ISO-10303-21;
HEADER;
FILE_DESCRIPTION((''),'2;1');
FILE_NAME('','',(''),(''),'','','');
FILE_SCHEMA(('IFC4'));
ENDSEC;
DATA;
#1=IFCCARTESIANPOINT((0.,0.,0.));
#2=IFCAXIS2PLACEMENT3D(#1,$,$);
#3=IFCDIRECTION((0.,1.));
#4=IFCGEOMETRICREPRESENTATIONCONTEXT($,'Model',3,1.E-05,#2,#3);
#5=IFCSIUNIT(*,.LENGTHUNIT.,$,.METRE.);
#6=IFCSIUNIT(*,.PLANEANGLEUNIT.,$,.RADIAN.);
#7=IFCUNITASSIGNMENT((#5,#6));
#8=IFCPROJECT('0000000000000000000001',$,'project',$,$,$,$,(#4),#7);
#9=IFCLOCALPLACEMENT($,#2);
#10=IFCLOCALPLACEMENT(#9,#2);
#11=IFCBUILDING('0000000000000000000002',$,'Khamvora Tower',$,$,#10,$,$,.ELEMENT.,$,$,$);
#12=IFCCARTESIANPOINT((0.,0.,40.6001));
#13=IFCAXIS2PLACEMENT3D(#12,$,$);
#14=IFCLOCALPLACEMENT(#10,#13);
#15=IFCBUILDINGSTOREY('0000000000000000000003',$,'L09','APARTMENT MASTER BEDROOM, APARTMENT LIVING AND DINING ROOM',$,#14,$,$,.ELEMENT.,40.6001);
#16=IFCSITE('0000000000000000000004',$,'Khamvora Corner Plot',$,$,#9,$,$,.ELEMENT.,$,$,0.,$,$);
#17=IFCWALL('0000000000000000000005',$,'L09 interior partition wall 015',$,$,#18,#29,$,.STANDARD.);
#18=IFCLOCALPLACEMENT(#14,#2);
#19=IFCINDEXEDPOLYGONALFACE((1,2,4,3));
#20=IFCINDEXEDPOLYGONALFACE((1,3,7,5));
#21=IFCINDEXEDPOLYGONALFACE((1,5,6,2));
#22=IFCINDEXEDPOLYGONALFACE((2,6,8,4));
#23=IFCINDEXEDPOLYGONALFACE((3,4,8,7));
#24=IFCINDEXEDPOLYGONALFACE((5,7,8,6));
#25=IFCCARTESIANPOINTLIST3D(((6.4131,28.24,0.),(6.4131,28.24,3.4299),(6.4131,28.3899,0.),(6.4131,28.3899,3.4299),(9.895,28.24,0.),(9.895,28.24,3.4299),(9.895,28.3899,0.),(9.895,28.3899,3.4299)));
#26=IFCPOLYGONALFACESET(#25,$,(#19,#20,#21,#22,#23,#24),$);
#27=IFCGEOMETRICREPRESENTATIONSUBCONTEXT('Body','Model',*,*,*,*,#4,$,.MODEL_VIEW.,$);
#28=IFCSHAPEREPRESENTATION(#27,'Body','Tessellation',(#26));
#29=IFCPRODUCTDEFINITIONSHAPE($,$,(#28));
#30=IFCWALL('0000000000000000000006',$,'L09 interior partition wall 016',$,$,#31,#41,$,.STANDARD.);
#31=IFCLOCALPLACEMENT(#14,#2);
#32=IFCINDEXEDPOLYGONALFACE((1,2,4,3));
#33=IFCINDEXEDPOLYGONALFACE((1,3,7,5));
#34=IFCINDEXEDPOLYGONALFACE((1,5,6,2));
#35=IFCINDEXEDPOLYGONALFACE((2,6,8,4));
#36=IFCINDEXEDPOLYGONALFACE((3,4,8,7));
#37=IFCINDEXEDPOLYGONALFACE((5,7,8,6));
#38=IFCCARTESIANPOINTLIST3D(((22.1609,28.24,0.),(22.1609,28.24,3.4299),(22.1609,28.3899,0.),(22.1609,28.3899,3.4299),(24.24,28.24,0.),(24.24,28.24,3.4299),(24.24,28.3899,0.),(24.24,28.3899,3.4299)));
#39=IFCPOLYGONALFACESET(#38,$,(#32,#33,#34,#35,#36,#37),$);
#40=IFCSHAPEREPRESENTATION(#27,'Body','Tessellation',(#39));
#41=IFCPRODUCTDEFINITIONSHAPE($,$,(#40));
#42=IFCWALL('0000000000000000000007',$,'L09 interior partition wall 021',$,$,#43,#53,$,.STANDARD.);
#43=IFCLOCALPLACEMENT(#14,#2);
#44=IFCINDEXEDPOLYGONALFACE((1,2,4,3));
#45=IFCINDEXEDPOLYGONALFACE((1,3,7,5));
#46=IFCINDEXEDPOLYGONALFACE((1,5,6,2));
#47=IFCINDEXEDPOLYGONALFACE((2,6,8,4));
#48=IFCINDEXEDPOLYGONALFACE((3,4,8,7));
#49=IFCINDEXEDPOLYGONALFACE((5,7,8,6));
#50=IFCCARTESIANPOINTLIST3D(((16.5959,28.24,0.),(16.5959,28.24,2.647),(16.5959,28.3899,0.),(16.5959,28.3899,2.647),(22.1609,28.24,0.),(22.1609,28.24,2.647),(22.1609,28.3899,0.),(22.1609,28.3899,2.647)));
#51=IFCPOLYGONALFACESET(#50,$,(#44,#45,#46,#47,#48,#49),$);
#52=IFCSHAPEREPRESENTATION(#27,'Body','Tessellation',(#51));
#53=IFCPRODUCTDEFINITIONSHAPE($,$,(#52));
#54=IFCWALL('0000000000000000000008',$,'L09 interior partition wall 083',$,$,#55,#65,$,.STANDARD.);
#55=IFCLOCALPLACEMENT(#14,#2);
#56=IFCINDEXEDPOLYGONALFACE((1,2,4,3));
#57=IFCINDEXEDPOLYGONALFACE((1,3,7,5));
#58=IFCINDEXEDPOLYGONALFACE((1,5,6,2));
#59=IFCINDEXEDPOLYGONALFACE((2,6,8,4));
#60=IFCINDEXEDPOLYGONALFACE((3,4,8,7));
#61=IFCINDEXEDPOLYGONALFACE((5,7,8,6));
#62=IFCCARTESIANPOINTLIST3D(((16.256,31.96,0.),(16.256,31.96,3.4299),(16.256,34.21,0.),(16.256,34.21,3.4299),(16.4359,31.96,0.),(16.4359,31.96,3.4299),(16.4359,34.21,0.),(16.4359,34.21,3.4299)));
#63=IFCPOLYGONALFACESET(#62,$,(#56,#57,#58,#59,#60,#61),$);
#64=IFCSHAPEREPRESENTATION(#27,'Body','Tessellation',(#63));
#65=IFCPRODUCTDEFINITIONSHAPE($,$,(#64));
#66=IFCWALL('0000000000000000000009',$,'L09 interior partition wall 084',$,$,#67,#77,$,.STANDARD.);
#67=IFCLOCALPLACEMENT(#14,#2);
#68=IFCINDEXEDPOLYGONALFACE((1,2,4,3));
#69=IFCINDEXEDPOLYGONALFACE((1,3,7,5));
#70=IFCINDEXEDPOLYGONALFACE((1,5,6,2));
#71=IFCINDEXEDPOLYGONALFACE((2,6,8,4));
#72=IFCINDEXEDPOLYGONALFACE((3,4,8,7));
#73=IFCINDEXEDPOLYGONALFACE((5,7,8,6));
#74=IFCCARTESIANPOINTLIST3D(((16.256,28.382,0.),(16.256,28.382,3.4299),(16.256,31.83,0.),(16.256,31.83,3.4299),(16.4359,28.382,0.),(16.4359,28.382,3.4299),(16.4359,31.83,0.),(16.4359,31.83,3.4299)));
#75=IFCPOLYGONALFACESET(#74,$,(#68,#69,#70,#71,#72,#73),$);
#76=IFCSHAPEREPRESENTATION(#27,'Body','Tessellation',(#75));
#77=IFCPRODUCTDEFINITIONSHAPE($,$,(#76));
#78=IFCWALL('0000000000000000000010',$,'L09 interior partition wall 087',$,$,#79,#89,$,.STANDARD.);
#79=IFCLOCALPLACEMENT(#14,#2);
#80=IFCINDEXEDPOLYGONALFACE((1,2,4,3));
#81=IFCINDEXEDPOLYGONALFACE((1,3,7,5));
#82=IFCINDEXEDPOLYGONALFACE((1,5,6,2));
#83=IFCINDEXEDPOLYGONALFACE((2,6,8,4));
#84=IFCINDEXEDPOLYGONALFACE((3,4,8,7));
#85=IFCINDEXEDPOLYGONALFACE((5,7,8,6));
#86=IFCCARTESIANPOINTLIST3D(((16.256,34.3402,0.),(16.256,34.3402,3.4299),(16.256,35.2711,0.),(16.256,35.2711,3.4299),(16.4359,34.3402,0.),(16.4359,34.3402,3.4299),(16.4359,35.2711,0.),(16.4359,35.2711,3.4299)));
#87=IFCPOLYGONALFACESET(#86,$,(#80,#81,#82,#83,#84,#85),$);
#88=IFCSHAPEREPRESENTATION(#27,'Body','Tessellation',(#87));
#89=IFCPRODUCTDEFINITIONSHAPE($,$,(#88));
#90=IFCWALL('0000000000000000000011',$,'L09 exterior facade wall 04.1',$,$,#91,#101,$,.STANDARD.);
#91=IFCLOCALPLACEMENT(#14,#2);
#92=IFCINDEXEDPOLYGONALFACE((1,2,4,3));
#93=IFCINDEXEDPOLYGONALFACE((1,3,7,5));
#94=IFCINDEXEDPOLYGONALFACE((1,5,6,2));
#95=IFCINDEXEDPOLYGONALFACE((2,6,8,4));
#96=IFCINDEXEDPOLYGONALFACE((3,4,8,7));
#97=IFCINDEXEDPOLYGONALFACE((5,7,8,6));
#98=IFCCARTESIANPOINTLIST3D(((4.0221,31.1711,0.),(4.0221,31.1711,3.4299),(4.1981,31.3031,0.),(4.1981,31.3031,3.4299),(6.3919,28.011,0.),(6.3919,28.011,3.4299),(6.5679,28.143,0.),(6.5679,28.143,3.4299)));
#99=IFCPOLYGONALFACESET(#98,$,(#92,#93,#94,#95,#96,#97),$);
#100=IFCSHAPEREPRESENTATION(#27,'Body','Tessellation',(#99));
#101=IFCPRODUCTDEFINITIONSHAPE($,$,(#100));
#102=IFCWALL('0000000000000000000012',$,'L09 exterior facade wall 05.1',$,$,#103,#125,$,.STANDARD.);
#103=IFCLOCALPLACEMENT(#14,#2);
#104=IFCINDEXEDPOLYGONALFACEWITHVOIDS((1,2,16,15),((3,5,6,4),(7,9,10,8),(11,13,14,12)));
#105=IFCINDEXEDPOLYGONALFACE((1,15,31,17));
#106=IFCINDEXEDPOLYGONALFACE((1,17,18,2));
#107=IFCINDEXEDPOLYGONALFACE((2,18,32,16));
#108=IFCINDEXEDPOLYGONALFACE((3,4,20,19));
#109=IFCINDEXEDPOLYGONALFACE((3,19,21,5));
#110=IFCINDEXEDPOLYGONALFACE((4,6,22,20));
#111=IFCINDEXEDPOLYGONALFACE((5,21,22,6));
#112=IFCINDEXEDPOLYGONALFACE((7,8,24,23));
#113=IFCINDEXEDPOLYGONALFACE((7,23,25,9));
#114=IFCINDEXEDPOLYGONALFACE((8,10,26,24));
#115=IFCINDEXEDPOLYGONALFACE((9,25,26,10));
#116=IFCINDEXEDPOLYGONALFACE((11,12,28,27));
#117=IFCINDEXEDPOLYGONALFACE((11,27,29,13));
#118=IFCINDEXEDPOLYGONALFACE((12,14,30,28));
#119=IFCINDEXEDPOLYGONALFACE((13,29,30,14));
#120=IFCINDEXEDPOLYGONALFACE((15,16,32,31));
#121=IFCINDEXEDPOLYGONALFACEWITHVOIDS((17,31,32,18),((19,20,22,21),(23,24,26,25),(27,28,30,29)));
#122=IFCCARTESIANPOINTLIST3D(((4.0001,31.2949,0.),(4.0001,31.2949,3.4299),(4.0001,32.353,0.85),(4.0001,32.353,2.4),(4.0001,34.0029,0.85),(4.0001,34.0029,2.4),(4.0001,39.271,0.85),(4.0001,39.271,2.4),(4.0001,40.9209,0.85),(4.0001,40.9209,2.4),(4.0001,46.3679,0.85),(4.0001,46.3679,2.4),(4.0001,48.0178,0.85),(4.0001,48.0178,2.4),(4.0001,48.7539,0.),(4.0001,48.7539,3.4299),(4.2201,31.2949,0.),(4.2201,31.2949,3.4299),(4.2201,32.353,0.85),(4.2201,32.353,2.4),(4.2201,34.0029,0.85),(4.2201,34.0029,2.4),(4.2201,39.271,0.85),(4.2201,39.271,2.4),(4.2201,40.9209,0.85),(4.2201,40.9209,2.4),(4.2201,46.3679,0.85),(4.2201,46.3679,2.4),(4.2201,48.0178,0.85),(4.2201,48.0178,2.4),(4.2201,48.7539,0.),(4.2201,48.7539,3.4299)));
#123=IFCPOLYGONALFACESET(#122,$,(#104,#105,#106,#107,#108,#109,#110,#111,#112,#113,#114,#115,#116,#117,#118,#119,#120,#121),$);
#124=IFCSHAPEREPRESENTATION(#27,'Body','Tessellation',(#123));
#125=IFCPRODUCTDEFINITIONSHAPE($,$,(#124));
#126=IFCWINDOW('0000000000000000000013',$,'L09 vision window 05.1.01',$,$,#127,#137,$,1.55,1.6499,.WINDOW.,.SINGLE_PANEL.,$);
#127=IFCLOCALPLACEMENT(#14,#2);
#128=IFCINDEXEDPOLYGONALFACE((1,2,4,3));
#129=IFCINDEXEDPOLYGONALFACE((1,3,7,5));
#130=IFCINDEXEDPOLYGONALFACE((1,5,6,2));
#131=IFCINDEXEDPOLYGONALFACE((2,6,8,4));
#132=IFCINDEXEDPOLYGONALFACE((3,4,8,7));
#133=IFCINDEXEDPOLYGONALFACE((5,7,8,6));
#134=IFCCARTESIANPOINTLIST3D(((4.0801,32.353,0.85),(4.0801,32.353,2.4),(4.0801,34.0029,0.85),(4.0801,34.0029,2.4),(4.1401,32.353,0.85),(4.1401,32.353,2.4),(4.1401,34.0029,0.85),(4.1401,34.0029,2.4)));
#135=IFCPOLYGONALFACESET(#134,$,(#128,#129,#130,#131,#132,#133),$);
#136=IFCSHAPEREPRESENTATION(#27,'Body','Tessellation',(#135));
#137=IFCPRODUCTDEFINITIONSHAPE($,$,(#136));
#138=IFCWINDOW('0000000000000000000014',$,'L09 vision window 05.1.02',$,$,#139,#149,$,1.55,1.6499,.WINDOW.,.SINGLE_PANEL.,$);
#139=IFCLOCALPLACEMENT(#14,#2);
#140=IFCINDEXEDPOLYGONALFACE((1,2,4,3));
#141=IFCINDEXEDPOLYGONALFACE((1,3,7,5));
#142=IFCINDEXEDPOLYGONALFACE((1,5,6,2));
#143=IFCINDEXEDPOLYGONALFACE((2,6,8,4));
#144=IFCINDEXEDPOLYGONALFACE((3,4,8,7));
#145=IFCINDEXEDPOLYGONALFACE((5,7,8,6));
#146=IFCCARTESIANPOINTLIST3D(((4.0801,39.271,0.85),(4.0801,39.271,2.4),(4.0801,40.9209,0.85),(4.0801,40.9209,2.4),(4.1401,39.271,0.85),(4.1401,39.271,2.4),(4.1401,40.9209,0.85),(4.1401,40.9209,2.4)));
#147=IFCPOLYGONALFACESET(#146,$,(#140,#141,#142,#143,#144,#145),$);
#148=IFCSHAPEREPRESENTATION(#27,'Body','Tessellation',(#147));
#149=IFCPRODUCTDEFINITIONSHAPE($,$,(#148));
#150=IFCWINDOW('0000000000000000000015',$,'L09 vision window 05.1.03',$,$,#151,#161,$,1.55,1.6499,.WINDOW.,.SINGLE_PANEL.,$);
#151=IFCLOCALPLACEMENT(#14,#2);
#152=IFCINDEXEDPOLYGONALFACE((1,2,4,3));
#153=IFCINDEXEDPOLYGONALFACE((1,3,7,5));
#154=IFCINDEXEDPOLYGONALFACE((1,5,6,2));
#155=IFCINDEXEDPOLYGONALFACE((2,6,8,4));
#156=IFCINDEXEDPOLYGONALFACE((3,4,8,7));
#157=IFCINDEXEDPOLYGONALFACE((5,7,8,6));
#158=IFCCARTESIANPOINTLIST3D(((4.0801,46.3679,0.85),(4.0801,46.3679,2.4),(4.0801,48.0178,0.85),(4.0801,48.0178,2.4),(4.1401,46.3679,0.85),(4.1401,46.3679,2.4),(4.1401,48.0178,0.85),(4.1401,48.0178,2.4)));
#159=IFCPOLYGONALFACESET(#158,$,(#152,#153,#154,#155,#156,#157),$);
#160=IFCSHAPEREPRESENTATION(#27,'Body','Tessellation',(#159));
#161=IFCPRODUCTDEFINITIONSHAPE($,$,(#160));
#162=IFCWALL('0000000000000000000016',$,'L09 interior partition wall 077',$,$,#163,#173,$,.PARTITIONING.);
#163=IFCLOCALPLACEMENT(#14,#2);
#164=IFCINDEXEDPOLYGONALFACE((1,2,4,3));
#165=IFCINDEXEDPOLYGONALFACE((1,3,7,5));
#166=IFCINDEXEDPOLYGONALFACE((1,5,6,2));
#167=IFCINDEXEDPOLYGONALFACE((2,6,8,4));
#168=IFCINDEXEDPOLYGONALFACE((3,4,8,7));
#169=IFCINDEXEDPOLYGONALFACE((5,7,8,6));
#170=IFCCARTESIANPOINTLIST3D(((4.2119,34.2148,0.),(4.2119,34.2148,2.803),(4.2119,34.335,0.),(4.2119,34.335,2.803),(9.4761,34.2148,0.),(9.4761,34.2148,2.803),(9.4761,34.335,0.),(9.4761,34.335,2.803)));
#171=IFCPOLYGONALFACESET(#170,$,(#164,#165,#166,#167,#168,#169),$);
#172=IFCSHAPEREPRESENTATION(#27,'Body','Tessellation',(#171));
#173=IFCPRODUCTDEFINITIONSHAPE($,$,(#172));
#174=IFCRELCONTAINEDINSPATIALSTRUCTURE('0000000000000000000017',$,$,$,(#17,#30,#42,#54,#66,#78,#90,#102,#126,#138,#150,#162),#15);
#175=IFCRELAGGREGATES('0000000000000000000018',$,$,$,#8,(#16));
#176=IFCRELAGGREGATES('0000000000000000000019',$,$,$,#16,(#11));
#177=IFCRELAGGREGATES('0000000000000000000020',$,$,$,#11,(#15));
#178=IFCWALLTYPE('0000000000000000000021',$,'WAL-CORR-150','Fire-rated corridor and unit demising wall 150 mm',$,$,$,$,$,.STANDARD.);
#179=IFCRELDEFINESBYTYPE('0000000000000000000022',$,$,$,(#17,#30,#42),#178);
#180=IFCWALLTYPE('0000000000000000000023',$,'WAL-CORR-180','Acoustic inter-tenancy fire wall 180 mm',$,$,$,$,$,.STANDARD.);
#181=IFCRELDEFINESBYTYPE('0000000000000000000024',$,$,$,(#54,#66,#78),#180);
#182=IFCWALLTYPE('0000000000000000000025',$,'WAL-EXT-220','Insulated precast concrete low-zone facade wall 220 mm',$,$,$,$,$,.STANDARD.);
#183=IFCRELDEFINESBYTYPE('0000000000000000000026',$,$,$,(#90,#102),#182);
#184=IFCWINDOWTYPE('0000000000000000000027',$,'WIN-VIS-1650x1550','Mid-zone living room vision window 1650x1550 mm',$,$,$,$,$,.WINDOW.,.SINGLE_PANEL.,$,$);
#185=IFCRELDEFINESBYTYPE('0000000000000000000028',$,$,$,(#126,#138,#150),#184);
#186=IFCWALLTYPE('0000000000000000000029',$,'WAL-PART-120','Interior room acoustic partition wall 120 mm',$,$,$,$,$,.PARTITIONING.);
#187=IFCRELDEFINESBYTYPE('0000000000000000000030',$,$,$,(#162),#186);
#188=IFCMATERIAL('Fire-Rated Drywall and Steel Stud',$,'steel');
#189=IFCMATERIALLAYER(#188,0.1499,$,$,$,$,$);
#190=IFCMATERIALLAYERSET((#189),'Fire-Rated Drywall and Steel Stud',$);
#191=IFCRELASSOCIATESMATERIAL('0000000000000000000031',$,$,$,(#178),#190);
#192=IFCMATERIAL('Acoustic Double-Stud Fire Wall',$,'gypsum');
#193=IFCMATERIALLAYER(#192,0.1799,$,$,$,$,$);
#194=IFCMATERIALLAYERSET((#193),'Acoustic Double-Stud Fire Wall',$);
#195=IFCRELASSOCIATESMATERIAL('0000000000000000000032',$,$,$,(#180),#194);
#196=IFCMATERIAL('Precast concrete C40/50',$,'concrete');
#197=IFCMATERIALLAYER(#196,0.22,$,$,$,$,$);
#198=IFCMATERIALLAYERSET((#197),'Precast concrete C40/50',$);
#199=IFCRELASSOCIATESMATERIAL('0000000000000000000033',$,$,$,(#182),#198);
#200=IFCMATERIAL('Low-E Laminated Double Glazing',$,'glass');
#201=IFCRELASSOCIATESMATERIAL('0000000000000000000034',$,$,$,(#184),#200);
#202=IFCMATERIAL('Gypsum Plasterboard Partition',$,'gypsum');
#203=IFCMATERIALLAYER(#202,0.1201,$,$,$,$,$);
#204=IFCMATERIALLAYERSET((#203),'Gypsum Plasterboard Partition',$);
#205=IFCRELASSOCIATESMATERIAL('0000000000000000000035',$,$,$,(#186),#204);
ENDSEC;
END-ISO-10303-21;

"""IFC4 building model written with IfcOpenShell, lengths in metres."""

from ifc_helpers import new_model, si_unit, direction, frame, frame_2d, origin, place, context, subcontext, project, spatial, rectangle, extrude, material, layer, layer_set, type_object, element, fill, save


model = new_model("IFC4")

# Units and contexts
model_context = context("Model", 3, precision=1e-05, world=origin(), true_north=direction((0.0, 1.0)))
body_context = subcontext(model_context, "Body", "Model", "MODEL_VIEW")
ifc_project = project(units=[si_unit("LENGTHUNIT", "METRE"), si_unit("PLANEANGLEUNIT", "RADIAN")], contexts=[model_context])

# Site, building, storey
site_placement = place(None, origin())
site = spatial("IfcSite", under=ifc_project, at=site_placement, Name="Khamvora Corner Plot", CompositionType="ELEMENT", RefElevation=0.0)
building_placement = place(site_placement, origin())
building = spatial("IfcBuilding", under=site, at=building_placement, Name="Khamvora Tower", CompositionType="ELEMENT")
storey_placement = place(building_placement, frame((0.0, 0.0, 40.6001)))
storey = spatial("IfcBuildingStorey", under=building, at=storey_placement, Name="L09", Description="APARTMENT MASTER BEDROOM, APARTMENT LIVING AND DINING ROOM", CompositionType="ELEMENT", Elevation=40.6001)

# Shared definitions
ifc_material_1 = material(Name="Fire-Rated Drywall and Steel Stud", Category="steel")
ifc_layer_1 = layer(ifc_material_1, 0.1499)
ifc_layer_set_1 = layer_set([ifc_layer_1], Name="Fire-Rated Drywall and Steel Stud")
wall_type_1 = type_object("IfcWallType", Name="WAL-CORR-150", Description="Fire-rated corridor and unit demising wall 150 mm", PredefinedType="STANDARD", material=ifc_layer_set_1)

# Walls
wall_1_placement = place(storey_placement, frame((6.4131, 28.3149, 0.0), z_axis=(0.0, 0.0, 1.0), x_axis=(1.0, 0.0, 0.0)))
element("IfcWall", 1, at=wall_1_placement, inside=storey, type_object=wall_type_1, Name="L09 interior partition wall 015", PredefinedType="STANDARD", context=body_context, shape_type="SweptSolid", body=[
    extrude(rectangle(XDim=3.4819, YDim=0.1499, at=frame_2d((1.741, 0.0))), origin(), (0.0, 0.0, 1.0), 3.4299),
])
wall_2_placement = place(storey_placement, frame((22.1609, 28.3149, 0.0), z_axis=(0.0, 0.0, 1.0), x_axis=(1.0, 0.0, 0.0)))
element("IfcWall", 2, at=wall_2_placement, inside=storey, type_object=wall_type_1, Name="L09 interior partition wall 016", PredefinedType="STANDARD", context=body_context, shape_type="SweptSolid", body=[
    extrude(rectangle(XDim=2.0791, YDim=0.1499, at=frame_2d((1.0396, 0.0))), origin(), (0.0, 0.0, 1.0), 3.4299),
])
wall_3_placement = place(storey_placement, frame((16.5959, 28.3149, 0.0), z_axis=(0.0, 0.0, 1.0), x_axis=(1.0, 0.0, 0.0)))
element("IfcWall", 3, at=wall_3_placement, inside=storey, type_object=wall_type_1, Name="L09 interior partition wall 021", PredefinedType="STANDARD", context=body_context, shape_type="SweptSolid", body=[
    extrude(rectangle(XDim=5.5649, YDim=0.1499, at=frame_2d((2.7825, 0.0))), origin(), (0.0, 0.0, 1.0), 2.647),
])
ifc_material_2 = material(Name="Acoustic Double-Stud Fire Wall", Category="gypsum")
ifc_layer_2 = layer(ifc_material_2, 0.1799)
ifc_layer_set_2 = layer_set([ifc_layer_2], Name="Acoustic Double-Stud Fire Wall")
wall_type_2 = type_object("IfcWallType", Name="WAL-CORR-180", Description="Acoustic inter-tenancy fire wall 180 mm", PredefinedType="STANDARD", material=ifc_layer_set_2)
wall_4_placement = place(storey_placement, frame((16.3459, 34.21, 0.0), z_axis=(0.0, 0.0, 1.0), x_axis=(0.0, -1.0, 0.0)))
element("IfcWall", 4, at=wall_4_placement, inside=storey, type_object=wall_type_2, Name="L09 interior partition wall 083", PredefinedType="STANDARD", context=body_context, shape_type="SweptSolid", body=[
    extrude(rectangle(XDim=2.25, YDim=0.1799, at=frame_2d((1.125, 0.0))), origin(), (0.0, 0.0, 1.0), 3.4299),
])
wall_5_placement = place(storey_placement, frame((16.3459, 31.8301, 0.0), z_axis=(0.0, 0.0, 1.0), x_axis=(0.0, -1.0, 0.0)))
element("IfcWall", 5, at=wall_5_placement, inside=storey, type_object=wall_type_2, Name="L09 interior partition wall 084", PredefinedType="STANDARD", context=body_context, shape_type="SweptSolid", body=[
    extrude(rectangle(XDim=3.448, YDim=0.1799, at=frame_2d((1.7241, 0.0))), origin(), (0.0, 0.0, 1.0), 3.4299),
])
wall_6_placement = place(storey_placement, frame((16.3459, 35.271, 0.0), z_axis=(0.0, 0.0, 1.0), x_axis=(0.0, -1.0, 0.0)))
element("IfcWall", 6, at=wall_6_placement, inside=storey, type_object=wall_type_2, Name="L09 interior partition wall 087", PredefinedType="STANDARD", context=body_context, shape_type="SweptSolid", body=[
    extrude(rectangle(XDim=0.9309, YDim=0.1799, at=frame_2d((0.4653, 0.0))), origin(), (0.0, 0.0, 1.0), 3.4299),
])
ifc_material_3 = material(Name="Precast concrete C40/50", Category="concrete")
ifc_layer_3 = layer(ifc_material_3, 0.22)
ifc_layer_set_3 = layer_set([ifc_layer_3], Name="Precast concrete C40/50")
wall_type_3 = type_object("IfcWallType", Name="WAL-EXT-220", Description="Insulated precast concrete low-zone facade wall 220 mm", PredefinedType="STANDARD", material=ifc_layer_set_3)
wall_7_placement = place(storey_placement, frame((6.48, 28.0769, 0.0), z_axis=(0.0, 0.0, 1.0), x_axis=(-0.59996, 0.80003, 0.0)))
element("IfcWall", 7, at=wall_7_placement, inside=storey, type_object=wall_type_3, Name="L09 exterior facade wall 04.1", PredefinedType="STANDARD", context=body_context, shape_type="SweptSolid", body=[
    extrude(rectangle(XDim=3.95, YDim=0.22, at=frame_2d((1.9751, 0.0))), origin(), (0.0, 0.0, 1.0), 3.4299),
])

# Wall, openings, windows
wall_8_placement = place(storey_placement, frame((4.1101, 31.2949, 0.0), z_axis=(0.0, 0.0, 1.0), x_axis=(0.0, 1.0, 0.0)))
wall_8 = element("IfcWall", 8, at=wall_8_placement, inside=storey, type_object=wall_type_3, Name="L09 exterior facade wall 05.1", PredefinedType="STANDARD", context=body_context, shape_type="SweptSolid", body=[
    extrude(rectangle(XDim=17.459, YDim=0.22, at=frame_2d((8.7295, 0.0))), origin(), (0.0, 0.0, 1.0), 3.4299),
])
opening_1_placement = place(wall_8_placement, frame((1.0581, 0.0, 0.8501)))
opening_1 = element("IfcOpeningElement", 9, at=opening_1_placement, cuts=wall_8, PredefinedType="OPENING", context=body_context, shape_type="SweptSolid", body=[
    extrude(rectangle(XDim=1.6499, YDim=1.55, at=frame_2d((0.825, 0.7749))), frame((0.0, 0.1199, 0.0), z_axis=(0.0, -1.0, 0.0), x_axis=(1.0, 0.0, 0.0)), (0.0, 0.0, 1.0), 0.24),
])
opening_2_placement = place(wall_8_placement, frame((7.9761, 0.0, 0.8501)))
opening_2 = element("IfcOpeningElement", 10, at=opening_2_placement, cuts=wall_8, PredefinedType="OPENING", context=body_context, shape_type="SweptSolid", body=[
    extrude(rectangle(XDim=1.6499, YDim=1.55, at=frame_2d((0.825, 0.7749))), frame((0.0, 0.1199, 0.0), z_axis=(0.0, -1.0, 0.0), x_axis=(1.0, 0.0, 0.0)), (0.0, 0.0, 1.0), 0.24),
])
opening_3_placement = place(wall_8_placement, frame((15.073, 0.0, 0.8501)))
opening_3 = element("IfcOpeningElement", 11, at=opening_3_placement, cuts=wall_8, PredefinedType="OPENING", context=body_context, shape_type="SweptSolid", body=[
    extrude(rectangle(XDim=1.6499, YDim=1.55, at=frame_2d((0.825, 0.7749))), frame((0.0, 0.1199, 0.0), z_axis=(0.0, -1.0, 0.0), x_axis=(1.0, 0.0, 0.0)), (0.0, 0.0, 1.0), 0.24),
])
ifc_material_4 = material(Name="Low-E Laminated Double Glazing", Category="glass")
window_type = type_object("IfcWindowType", Name="WIN-VIS-1650x1550", Description="Mid-zone living room vision window 1650x1550 mm", PartitioningType="SINGLE_PANEL", PredefinedType="WINDOW", material=ifc_material_4)
window_1_placement = place(opening_1_placement, origin())
window_1 = element("IfcWindow", 12, at=window_1_placement, inside=storey, type_object=window_type, Name="L09 vision window 05.1.01", OverallHeight=1.55, OverallWidth=1.6499, PartitioningType="SINGLE_PANEL", PredefinedType="WINDOW", context=body_context, shape_type="SweptSolid", body=[
    extrude(rectangle(XDim=1.6499, YDim=1.55, at=frame_2d((0.825, 0.7749))), frame((0.0, 0.03, 0.0), z_axis=(0.0, -1.0, 0.0), x_axis=(1.0, 0.0, 0.0)), (0.0, 0.0, 1.0), 0.0601),
])
fill(opening_1, window_1)
window_2_placement = place(opening_2_placement, origin())
window_2 = element("IfcWindow", 13, at=window_2_placement, inside=storey, type_object=window_type, Name="L09 vision window 05.1.02", OverallHeight=1.55, OverallWidth=1.6499, PartitioningType="SINGLE_PANEL", PredefinedType="WINDOW", context=body_context, shape_type="SweptSolid", body=[
    extrude(rectangle(XDim=1.6499, YDim=1.55, at=frame_2d((0.825, 0.7749))), frame((0.0, 0.03, 0.0), z_axis=(0.0, -1.0, 0.0), x_axis=(1.0, 0.0, 0.0)), (0.0, 0.0, 1.0), 0.0601),
])
fill(opening_2, window_2)
window_3_placement = place(opening_3_placement, origin())
window_3 = element("IfcWindow", 14, at=window_3_placement, inside=storey, type_object=window_type, Name="L09 vision window 05.1.03", OverallHeight=1.55, OverallWidth=1.6499, PartitioningType="SINGLE_PANEL", PredefinedType="WINDOW", context=body_context, shape_type="SweptSolid", body=[
    extrude(rectangle(XDim=1.6499, YDim=1.55, at=frame_2d((0.825, 0.7749))), frame((0.0, 0.03, 0.0), z_axis=(0.0, -1.0, 0.0), x_axis=(1.0, 0.0, 0.0)), (0.0, 0.0, 1.0), 0.0601),
])
fill(opening_3, window_3)

# Wall
ifc_material_5 = material(Name="Gypsum Plasterboard Partition", Category="gypsum")
ifc_layer_4 = layer(ifc_material_5, 0.1201)
ifc_layer_set_4 = layer_set([ifc_layer_4], Name="Gypsum Plasterboard Partition")
wall_type_4 = type_object("IfcWallType", Name="WAL-PART-120", Description="Interior room acoustic partition wall 120 mm", PredefinedType="PARTITIONING", material=ifc_layer_set_4)
wall_9_placement = place(storey_placement, frame((4.2119, 34.2749, 0.0), z_axis=(0.0, 0.0, 1.0), x_axis=(1.0, 0.0, 0.0)))
element("IfcWall", 15, at=wall_9_placement, inside=storey, type_object=wall_type_4, Name="L09 interior partition wall 077", PredefinedType="PARTITIONING", context=body_context, shape_type="SweptSolid", body=[
    extrude(rectangle(XDim=5.2642, YDim=0.1201, at=frame_2d((2.6321, 0.0))), origin(), (0.0, 0.0, 1.0), 2.803),
])

save(model, "model.ifc")
